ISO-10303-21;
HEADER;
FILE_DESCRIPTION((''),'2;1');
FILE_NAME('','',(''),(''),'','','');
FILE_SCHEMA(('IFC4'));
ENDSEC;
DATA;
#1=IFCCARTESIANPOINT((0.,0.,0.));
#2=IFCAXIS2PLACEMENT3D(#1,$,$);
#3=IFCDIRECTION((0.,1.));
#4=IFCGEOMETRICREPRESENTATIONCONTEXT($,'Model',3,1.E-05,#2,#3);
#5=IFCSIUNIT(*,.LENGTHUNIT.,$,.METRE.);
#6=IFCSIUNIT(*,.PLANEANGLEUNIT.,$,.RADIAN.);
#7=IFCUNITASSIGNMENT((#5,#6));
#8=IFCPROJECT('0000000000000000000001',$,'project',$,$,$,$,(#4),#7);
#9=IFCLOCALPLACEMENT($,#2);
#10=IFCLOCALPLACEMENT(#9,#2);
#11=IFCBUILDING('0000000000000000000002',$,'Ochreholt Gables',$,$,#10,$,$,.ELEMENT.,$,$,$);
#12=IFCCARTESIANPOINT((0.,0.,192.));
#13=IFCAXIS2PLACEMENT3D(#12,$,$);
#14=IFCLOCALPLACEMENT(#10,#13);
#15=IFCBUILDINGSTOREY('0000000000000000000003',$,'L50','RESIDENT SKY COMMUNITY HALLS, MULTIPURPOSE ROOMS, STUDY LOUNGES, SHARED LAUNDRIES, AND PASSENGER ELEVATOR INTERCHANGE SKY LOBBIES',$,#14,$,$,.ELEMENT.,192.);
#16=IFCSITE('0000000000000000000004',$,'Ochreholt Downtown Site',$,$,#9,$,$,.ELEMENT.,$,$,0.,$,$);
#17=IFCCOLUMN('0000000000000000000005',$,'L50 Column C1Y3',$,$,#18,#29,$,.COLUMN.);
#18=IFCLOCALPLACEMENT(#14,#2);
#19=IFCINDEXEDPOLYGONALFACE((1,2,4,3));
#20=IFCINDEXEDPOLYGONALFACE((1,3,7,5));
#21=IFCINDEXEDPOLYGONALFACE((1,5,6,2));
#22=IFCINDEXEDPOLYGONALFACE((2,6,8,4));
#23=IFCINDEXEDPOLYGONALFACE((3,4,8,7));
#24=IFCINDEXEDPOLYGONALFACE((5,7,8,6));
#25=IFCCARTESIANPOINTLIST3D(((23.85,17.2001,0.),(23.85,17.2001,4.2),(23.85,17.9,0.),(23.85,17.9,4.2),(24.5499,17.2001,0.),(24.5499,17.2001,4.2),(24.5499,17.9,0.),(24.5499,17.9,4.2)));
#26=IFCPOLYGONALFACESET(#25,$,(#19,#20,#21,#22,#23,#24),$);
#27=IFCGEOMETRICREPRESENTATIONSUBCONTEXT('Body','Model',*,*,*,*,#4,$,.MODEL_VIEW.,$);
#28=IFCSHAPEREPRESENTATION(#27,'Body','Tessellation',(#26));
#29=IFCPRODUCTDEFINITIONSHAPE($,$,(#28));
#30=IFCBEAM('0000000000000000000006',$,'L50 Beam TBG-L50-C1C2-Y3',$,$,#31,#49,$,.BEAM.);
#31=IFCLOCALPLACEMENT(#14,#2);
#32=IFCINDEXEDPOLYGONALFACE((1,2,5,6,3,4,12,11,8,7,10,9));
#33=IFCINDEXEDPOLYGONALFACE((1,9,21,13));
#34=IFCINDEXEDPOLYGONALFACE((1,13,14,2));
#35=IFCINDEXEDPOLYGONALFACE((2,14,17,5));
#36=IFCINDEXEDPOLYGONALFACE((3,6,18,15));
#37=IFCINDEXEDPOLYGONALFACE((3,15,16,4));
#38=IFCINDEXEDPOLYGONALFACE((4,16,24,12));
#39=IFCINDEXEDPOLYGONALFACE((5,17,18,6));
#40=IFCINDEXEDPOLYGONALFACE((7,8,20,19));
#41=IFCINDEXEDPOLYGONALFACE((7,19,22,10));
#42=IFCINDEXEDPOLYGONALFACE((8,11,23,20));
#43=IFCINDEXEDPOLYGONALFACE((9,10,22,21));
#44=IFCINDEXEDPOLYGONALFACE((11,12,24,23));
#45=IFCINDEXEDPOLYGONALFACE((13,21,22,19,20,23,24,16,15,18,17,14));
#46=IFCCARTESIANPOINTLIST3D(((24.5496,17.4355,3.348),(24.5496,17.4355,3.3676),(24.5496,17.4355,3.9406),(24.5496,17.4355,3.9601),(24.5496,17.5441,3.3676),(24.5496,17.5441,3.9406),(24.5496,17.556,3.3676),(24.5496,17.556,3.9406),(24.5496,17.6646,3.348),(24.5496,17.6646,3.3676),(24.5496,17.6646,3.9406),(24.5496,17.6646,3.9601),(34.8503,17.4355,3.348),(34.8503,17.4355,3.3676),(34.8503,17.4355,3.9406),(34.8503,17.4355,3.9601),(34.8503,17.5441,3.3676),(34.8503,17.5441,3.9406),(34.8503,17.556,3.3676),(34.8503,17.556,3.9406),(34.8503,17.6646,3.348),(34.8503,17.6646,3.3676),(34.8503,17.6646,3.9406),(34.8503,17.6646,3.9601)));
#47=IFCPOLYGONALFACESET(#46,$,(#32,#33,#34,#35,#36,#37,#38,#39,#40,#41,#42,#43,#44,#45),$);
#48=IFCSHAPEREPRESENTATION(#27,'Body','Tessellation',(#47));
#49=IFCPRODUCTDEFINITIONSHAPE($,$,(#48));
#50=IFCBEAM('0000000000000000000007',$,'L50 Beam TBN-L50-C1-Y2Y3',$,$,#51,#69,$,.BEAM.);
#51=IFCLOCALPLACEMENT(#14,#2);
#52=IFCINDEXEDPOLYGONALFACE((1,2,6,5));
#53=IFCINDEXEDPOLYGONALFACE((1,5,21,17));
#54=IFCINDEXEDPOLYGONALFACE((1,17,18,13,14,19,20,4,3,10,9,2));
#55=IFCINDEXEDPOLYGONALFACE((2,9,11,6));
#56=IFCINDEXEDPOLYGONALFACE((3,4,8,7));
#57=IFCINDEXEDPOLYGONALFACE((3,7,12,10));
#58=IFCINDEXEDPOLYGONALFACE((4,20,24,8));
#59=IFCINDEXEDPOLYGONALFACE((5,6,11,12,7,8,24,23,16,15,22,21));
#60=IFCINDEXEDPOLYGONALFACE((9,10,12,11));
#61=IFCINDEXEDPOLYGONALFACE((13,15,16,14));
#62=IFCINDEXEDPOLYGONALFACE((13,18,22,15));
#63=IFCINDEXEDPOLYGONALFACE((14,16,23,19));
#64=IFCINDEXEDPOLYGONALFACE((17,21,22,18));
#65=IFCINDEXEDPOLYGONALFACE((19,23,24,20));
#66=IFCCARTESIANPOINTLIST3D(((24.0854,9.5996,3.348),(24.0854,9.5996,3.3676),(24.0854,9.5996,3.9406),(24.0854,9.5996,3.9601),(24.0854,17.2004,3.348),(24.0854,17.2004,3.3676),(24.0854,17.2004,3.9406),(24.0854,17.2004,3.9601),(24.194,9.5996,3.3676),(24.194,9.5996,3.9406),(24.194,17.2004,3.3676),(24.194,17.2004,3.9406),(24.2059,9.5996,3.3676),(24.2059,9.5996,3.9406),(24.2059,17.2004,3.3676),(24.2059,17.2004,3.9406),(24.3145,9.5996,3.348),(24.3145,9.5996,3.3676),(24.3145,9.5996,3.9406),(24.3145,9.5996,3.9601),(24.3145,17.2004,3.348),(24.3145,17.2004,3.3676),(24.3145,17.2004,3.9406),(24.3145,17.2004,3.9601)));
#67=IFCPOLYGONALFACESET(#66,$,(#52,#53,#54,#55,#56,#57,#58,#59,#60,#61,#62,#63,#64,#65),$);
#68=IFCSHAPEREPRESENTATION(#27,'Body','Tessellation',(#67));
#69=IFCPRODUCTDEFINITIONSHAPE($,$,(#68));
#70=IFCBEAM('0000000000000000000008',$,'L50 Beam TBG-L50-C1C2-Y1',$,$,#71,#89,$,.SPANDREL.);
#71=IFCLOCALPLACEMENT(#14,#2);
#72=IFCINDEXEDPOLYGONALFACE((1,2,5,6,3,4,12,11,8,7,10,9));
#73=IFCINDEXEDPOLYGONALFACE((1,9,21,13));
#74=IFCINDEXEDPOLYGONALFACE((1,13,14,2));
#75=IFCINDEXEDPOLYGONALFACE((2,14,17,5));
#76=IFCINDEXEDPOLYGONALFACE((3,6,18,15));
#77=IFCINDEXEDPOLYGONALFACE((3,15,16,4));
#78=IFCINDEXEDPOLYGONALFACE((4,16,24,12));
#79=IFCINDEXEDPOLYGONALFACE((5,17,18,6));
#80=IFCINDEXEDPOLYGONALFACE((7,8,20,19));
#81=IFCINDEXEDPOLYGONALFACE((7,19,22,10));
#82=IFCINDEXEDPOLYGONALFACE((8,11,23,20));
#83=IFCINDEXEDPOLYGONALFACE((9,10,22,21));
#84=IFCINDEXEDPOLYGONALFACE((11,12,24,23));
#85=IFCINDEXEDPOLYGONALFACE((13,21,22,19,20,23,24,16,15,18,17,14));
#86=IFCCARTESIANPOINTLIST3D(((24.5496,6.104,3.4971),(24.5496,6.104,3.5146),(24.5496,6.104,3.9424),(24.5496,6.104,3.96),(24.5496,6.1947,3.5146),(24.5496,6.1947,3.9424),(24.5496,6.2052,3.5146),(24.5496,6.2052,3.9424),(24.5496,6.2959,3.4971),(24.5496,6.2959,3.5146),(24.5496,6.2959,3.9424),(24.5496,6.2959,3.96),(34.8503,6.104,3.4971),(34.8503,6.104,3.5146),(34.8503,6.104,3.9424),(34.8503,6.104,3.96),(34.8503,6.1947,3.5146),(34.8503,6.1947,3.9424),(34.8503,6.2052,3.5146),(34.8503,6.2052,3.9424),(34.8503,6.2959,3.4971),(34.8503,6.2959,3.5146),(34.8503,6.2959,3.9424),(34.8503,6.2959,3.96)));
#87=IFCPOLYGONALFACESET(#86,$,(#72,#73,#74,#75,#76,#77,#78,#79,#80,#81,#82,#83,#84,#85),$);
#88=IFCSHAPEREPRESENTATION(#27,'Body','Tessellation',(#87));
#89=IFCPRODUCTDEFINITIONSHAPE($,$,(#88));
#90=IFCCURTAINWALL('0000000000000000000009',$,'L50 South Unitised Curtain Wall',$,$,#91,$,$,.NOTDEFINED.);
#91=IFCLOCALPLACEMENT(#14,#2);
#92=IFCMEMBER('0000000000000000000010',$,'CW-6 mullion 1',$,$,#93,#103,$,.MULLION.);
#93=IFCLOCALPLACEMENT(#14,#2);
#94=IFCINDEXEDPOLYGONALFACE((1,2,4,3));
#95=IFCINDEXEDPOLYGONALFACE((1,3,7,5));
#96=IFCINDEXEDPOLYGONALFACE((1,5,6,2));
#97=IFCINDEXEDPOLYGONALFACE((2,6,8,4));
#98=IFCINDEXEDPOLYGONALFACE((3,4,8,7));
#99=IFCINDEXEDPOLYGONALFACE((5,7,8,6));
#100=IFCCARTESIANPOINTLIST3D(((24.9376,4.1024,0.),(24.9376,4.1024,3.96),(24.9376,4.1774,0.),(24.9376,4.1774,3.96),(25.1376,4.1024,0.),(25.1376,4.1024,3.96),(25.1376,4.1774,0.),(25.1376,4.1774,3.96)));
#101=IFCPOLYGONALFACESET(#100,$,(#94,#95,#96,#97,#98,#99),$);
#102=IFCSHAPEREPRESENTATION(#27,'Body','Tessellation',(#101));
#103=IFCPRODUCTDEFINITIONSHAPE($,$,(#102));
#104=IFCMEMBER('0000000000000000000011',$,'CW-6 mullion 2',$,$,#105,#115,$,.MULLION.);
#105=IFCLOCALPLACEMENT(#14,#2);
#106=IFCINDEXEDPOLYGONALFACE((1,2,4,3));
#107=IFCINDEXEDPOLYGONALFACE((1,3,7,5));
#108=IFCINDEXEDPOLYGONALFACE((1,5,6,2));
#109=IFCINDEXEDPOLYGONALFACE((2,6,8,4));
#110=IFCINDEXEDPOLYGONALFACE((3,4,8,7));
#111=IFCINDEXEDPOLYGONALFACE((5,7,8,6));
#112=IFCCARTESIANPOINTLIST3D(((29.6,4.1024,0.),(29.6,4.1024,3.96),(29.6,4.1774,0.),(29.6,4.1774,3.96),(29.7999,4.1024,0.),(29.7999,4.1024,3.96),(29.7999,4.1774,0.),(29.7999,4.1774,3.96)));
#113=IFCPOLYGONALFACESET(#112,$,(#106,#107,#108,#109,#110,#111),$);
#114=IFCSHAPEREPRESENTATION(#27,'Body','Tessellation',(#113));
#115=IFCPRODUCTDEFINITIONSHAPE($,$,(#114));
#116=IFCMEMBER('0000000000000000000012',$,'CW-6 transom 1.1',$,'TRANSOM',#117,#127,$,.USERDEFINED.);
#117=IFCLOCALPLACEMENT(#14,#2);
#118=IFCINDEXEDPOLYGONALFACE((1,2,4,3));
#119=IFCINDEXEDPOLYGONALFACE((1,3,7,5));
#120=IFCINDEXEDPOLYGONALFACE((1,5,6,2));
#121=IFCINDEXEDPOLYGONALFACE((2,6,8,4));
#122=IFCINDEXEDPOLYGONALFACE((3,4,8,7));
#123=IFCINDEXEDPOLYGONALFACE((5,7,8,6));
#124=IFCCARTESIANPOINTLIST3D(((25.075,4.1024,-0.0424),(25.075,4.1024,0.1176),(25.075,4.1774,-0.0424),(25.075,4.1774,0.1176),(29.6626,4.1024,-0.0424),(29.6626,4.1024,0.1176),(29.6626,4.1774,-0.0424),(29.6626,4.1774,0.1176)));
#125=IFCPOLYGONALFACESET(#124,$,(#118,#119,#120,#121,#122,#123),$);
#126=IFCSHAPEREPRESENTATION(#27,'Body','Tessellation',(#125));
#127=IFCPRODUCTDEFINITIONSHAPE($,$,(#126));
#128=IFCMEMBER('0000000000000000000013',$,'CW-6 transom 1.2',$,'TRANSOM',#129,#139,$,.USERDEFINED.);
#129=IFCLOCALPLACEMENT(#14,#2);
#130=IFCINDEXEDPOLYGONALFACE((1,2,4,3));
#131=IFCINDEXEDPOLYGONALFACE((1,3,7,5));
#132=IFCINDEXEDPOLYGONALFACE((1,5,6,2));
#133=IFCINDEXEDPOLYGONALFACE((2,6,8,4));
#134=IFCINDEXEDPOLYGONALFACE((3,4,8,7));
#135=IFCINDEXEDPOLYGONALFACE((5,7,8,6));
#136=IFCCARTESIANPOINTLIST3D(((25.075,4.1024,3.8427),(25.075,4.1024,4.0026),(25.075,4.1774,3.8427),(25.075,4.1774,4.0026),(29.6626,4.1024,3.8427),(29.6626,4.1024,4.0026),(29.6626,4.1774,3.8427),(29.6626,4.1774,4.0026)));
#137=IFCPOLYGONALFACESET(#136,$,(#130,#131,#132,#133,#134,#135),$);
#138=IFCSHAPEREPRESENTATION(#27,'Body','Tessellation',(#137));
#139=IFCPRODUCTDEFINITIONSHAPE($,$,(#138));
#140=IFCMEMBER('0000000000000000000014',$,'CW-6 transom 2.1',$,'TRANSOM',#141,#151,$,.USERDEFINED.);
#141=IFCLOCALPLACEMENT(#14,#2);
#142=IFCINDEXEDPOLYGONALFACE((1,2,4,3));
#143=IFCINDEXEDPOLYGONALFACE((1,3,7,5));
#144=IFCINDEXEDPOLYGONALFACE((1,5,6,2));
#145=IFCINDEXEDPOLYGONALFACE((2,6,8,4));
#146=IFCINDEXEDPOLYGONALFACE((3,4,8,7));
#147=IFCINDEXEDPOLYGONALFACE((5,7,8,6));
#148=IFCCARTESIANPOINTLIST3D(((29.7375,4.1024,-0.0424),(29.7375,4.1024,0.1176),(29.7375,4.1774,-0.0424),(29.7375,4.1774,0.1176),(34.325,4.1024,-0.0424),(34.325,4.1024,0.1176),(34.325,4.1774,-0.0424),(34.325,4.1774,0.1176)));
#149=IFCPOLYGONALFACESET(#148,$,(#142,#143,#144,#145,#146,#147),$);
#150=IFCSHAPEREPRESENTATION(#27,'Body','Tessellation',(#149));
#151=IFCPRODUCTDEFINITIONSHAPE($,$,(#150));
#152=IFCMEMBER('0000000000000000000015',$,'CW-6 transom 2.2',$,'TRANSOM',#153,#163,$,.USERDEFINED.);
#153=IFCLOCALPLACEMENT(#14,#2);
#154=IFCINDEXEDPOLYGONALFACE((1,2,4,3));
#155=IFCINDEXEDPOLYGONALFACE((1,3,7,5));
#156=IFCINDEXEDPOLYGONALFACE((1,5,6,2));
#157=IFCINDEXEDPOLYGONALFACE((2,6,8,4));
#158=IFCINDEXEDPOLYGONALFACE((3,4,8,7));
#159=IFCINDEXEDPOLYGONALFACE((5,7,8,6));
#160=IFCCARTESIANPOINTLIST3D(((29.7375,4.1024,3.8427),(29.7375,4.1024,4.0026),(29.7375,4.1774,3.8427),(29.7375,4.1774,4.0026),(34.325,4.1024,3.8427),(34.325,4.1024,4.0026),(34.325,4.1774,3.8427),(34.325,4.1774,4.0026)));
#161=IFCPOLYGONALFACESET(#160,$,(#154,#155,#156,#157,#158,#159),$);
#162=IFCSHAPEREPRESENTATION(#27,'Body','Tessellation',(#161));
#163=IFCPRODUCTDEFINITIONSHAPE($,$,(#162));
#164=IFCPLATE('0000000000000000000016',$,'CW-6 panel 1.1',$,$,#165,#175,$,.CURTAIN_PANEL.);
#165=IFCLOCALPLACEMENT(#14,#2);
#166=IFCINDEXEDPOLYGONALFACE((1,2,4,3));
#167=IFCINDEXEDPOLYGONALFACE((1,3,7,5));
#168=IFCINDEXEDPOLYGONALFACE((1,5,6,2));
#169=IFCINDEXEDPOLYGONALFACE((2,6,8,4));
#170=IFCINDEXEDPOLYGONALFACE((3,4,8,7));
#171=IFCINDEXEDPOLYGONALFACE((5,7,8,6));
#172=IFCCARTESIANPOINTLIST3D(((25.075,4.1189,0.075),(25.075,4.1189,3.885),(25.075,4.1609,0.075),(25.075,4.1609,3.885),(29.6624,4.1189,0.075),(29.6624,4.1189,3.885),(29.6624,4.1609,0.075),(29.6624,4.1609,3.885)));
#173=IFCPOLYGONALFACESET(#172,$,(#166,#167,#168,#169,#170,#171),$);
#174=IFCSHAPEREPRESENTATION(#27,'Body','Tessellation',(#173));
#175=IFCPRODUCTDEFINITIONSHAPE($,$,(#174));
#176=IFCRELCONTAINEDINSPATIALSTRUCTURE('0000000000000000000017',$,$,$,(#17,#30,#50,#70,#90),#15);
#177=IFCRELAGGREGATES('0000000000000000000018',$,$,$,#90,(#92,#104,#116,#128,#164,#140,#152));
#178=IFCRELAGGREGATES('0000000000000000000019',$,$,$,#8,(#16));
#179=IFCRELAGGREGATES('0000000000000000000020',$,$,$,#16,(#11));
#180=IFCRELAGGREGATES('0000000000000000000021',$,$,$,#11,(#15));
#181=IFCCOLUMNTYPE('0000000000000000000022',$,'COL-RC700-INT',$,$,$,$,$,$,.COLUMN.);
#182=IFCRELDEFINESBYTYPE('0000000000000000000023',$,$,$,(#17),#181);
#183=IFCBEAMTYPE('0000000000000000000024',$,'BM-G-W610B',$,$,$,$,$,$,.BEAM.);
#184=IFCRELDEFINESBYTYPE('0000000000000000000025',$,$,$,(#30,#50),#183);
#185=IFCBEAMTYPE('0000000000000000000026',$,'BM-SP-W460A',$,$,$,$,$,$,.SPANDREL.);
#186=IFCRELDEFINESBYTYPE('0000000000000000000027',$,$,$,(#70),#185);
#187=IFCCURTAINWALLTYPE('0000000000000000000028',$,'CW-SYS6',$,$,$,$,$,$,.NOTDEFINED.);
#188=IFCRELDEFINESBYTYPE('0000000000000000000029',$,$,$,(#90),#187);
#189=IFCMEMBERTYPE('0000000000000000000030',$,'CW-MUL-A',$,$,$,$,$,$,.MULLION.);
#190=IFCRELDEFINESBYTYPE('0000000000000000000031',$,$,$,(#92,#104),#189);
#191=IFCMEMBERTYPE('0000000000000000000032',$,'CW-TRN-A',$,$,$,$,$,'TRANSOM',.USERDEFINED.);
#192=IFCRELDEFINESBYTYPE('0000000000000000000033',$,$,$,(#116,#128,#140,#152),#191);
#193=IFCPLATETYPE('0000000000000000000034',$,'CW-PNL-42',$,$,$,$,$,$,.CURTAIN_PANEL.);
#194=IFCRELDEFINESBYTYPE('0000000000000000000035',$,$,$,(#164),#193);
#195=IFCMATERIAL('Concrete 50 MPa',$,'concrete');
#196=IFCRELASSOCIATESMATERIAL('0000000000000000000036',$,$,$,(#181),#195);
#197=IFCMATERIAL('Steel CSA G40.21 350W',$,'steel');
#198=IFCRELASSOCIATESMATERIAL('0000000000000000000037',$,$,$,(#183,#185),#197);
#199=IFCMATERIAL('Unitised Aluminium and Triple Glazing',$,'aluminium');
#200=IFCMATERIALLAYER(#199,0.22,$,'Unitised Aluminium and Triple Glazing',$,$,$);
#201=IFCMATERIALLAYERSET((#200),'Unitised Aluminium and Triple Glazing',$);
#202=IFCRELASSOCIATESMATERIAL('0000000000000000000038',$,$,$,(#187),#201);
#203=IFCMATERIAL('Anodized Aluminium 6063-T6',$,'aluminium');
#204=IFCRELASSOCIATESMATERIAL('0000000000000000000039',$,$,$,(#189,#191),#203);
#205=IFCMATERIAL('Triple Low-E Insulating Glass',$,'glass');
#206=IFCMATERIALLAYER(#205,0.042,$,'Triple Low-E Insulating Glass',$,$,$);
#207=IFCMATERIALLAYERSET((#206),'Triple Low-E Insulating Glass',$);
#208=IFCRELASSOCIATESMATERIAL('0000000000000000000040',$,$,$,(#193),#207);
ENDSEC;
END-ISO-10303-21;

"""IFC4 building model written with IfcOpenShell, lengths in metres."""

from ifc_helpers import new_model, si_unit, direction, frame, origin, origin_2d, place, context, subcontext, project, spatial, rectangle, i_section, extrude, material, layer, layer_set, material_profile, profile_set, type_object, element, aggregate, save


model = new_model("IFC4")

# Units and contexts
model_context = context("Model", 3, precision=1e-05, world=origin(), true_north=direction((0.0, 1.0)))
body_context = subcontext(model_context, "Body", "Model", "MODEL_VIEW")
ifc_project = project(units=[si_unit("LENGTHUNIT", "METRE"), si_unit("PLANEANGLEUNIT", "RADIAN")], contexts=[model_context])

# Site, building, storey
site_placement = place(None, origin())
site = spatial("IfcSite", under=ifc_project, at=site_placement, Name="Ochreholt Downtown Site", CompositionType="ELEMENT", RefElevation=0.0)
building_placement = place(site_placement, origin())
building = spatial("IfcBuilding", under=site, at=building_placement, Name="Ochreholt Gables", CompositionType="ELEMENT")
storey_placement = place(building_placement, frame((0.0, 0.0, 192.0)))
storey = spatial("IfcBuildingStorey", under=building, at=storey_placement, Name="L50", Description="RESIDENT SKY COMMUNITY HALLS, MULTIPURPOSE ROOMS, STUDY LOUNGES, SHARED LAUNDRIES, AND PASSENGER ELEVATOR INTERCHANGE SKY LOBBIES", CompositionType="ELEMENT", Elevation=192.0)

# Column
ifc_material_1 = material(Name="Concrete 50 MPa", Category="concrete")
ifc_material_profile_1 = material_profile(ifc_material_1, rectangle(XDim=0.7, YDim=0.7, at=origin_2d()), Name="RC700X700")
ifc_profile_set_1 = profile_set([ifc_material_profile_1], Name="Concrete 50 MPa")
column_type = type_object("IfcColumnType", Name="COL-RC700-INT", PredefinedType="COLUMN", material=ifc_profile_set_1)
column_placement = place(storey_placement, frame((24.2, 17.55, 0.0), z_axis=(0.0, 0.0, 1.0), x_axis=(1.0, 0.0, 0.0)))
element("IfcColumn", 1, at=column_placement, inside=storey, type_object=column_type, Name="L50 Column C1Y3", PredefinedType="COLUMN", context=body_context, shape_type="SweptSolid", body=[
    extrude(rectangle(XDim=0.7, YDim=0.7, at=origin_2d()), origin(), (0.0, 0.0, 1.0), 4.2),
])

# Beams
ifc_material_2 = material(Name="Steel CSA G40.21 350W", Category="steel")
ifc_material_profile_2 = material_profile(ifc_material_2, i_section(OverallWidth=0.229, OverallDepth=0.6121, WebThickness=0.012, FlangeThickness=0.0195, at=origin_2d()), Name="W610X125")
ifc_profile_set_2 = profile_set([ifc_material_profile_2], Name="Steel CSA G40.21 350W")
beam_type_1 = type_object("IfcBeamType", Name="BM-G-W610B", PredefinedType="BEAM", material=ifc_profile_set_2)
beam_1_placement = place(storey_placement, frame((24.5496, 17.55, 3.6541), z_axis=(1.0, 0.0, 0.0), x_axis=(0.0, 1.0, 0.0)))
element("IfcBeam", 2, at=beam_1_placement, inside=storey, type_object=beam_type_1, Name="L50 Beam TBG-L50-C1C2-Y3", PredefinedType="BEAM", context=body_context, shape_type="SweptSolid", body=[
    extrude(i_section(OverallWidth=0.229, OverallDepth=0.6121, WebThickness=0.012, FlangeThickness=0.0195, at=origin_2d()), origin(), (0.0, 0.0, 1.0), 10.3008),
])
beam_2_placement = place(storey_placement, frame((24.2, 9.5996, 3.6541), z_axis=(0.0, 1.0, 0.0), x_axis=(-1.0, 0.0, 0.0)))
element("IfcBeam", 3, at=beam_2_placement, inside=storey, type_object=beam_type_1, Name="L50 Beam TBN-L50-C1-Y2Y3", PredefinedType="BEAM", context=body_context, shape_type="SweptSolid", body=[
    extrude(i_section(OverallWidth=0.229, OverallDepth=0.6121, WebThickness=0.012, FlangeThickness=0.0195, at=origin_2d()), origin(), (0.0, 0.0, 1.0), 7.6008),
])
ifc_material_profile_3 = material_profile(ifc_material_2, i_section(OverallWidth=0.1919, OverallDepth=0.4629, WebThickness=0.0105, FlangeThickness=0.0176, at=origin_2d()), Name="W460X89")
ifc_profile_set_3 = profile_set([ifc_material_profile_3], Name="Steel CSA G40.21 350W")
beam_type_2 = type_object("IfcBeamType", Name="BM-SP-W460A", PredefinedType="SPANDREL", material=ifc_profile_set_3)
beam_3_placement = place(storey_placement, frame((24.5496, 6.2, 3.7285), z_axis=(1.0, 0.0, 0.0), x_axis=(0.0, 1.0, 0.0)))
element("IfcBeam", 4, at=beam_3_placement, inside=storey, type_object=beam_type_2, Name="L50 Beam TBG-L50-C1C2-Y1", PredefinedType="SPANDREL", context=body_context, shape_type="SweptSolid", body=[
    extrude(i_section(OverallWidth=0.1919, OverallDepth=0.4629, WebThickness=0.0105, FlangeThickness=0.0176, at=origin_2d()), origin(), (0.0, 0.0, 1.0), 10.3008),
])

# Curtain wall, members, plate
ifc_material_3 = material(Name="Unitised Aluminium and Triple Glazing", Category="aluminium")
ifc_layer_1 = layer(ifc_material_3, 0.22, Name="Unitised Aluminium and Triple Glazing")
ifc_layer_set_1 = layer_set([ifc_layer_1], Name="Unitised Aluminium and Triple Glazing")
curtain_wall_type = type_object("IfcCurtainWallType", Name="CW-SYS6", PredefinedType="NOTDEFINED", material=ifc_layer_set_1)
curtain_wall_placement = place(storey_placement, origin())
curtain_wall = element("IfcCurtainWall", 5, at=curtain_wall_placement, inside=storey, type_object=curtain_wall_type, Name="L50 South Unitised Curtain Wall", PredefinedType="NOTDEFINED")
ifc_material_4 = material(Name="Anodized Aluminium 6063-T6", Category="aluminium")
ifc_material_profile_4 = material_profile(ifc_material_4, rectangle(XDim=0.075, YDim=0.2, at=origin_2d()), Name="CWM75X200")
ifc_profile_set_4 = profile_set([ifc_material_profile_4], Name="Anodized Aluminium 6063-T6")
member_type_1 = type_object("IfcMemberType", Name="CW-MUL-A", PredefinedType="MULLION", material=ifc_profile_set_4)
member_1_placement = place(storey_placement, frame((25.0376, 4.1399, 0.0), z_axis=(0.0, 0.0, 1.0), x_axis=(0.0, 1.0, 0.0)))
member_1 = element("IfcMember", 6, at=member_1_placement, type_object=member_type_1, Name="CW-6 mullion 1", PredefinedType="MULLION", context=body_context, shape_type="SweptSolid", body=[
    extrude(rectangle(XDim=0.075, YDim=0.2, at=origin_2d()), origin(), (0.0, 0.0, 1.0), 3.96),
])
member_2_placement = place(storey_placement, frame((29.7, 4.1399, 0.0), z_axis=(0.0, 0.0, 1.0), x_axis=(0.0, 1.0, 0.0)))
member_2 = element("IfcMember", 7, at=member_2_placement, type_object=member_type_1, Name="CW-6 mullion 2", PredefinedType="MULLION", context=body_context, shape_type="SweptSolid", body=[
    extrude(rectangle(XDim=0.075, YDim=0.2, at=origin_2d()), origin(), (0.0, 0.0, 1.0), 3.96),
])
ifc_material_profile_5 = material_profile(ifc_material_4, rectangle(XDim=0.075, YDim=0.1599, at=origin_2d()), Name="CWT75X160")
ifc_profile_set_5 = profile_set([ifc_material_profile_5], Name="Anodized Aluminium 6063-T6")
member_type_2 = type_object("IfcMemberType", Name="CW-TRN-A", ElementType="TRANSOM", PredefinedType="USERDEFINED", material=ifc_profile_set_5)
member_3_placement = place(storey_placement, frame((25.075, 4.1399, 0.0376), z_axis=(1.0, 0.0, 0.0), x_axis=(0.0, 1.0, 0.0)))
member_3 = element("IfcMember", 8, at=member_3_placement, type_object=member_type_2, Name="CW-6 transom 1.1", ObjectType="TRANSOM", PredefinedType="USERDEFINED", context=body_context, shape_type="SweptSolid", body=[
    extrude(rectangle(XDim=0.075, YDim=0.1599, at=origin_2d()), origin(), (0.0, 0.0, 1.0), 4.5876),
])
member_4_placement = place(storey_placement, frame((25.075, 4.1399, 3.9226), z_axis=(1.0, 0.0, 0.0), x_axis=(0.0, 1.0, 0.0)))
member_4 = element("IfcMember", 9, at=member_4_placement, type_object=member_type_2, Name="CW-6 transom 1.2", ObjectType="TRANSOM", PredefinedType="USERDEFINED", context=body_context, shape_type="SweptSolid", body=[
    extrude(rectangle(XDim=0.075, YDim=0.1599, at=origin_2d()), origin(), (0.0, 0.0, 1.0), 4.5876),
])
member_5_placement = place(storey_placement, frame((29.7375, 4.1399, 0.0376), z_axis=(1.0, 0.0, 0.0), x_axis=(0.0, 1.0, 0.0)))
member_5 = element("IfcMember", 10, at=member_5_placement, type_object=member_type_2, Name="CW-6 transom 2.1", ObjectType="TRANSOM", PredefinedType="USERDEFINED", context=body_context, shape_type="SweptSolid", body=[
    extrude(rectangle(XDim=0.075, YDim=0.1599, at=origin_2d()), origin(), (0.0, 0.0, 1.0), 4.5874),
])
member_6_placement = place(storey_placement, frame((29.7375, 4.1399, 3.9226), z_axis=(1.0, 0.0, 0.0), x_axis=(0.0, 1.0, 0.0)))
member_6 = element("IfcMember", 11, at=member_6_placement, type_object=member_type_2, Name="CW-6 transom 2.2", ObjectType="TRANSOM", PredefinedType="USERDEFINED", context=body_context, shape_type="SweptSolid", body=[
    extrude(rectangle(XDim=0.075, YDim=0.1599, at=origin_2d()), origin(), (0.0, 0.0, 1.0), 4.5874),
])
ifc_material_5 = material(Name="Triple Low-E Insulating Glass", Category="glass")
ifc_layer_2 = layer(ifc_material_5, 0.042, Name="Triple Low-E Insulating Glass")
ifc_layer_set_2 = layer_set([ifc_layer_2], Name="Triple Low-E Insulating Glass")
plate_type = type_object("IfcPlateType", Name="CW-PNL-42", PredefinedType="CURTAIN_PANEL", material=ifc_layer_set_2)
plate_placement = place(storey_placement, frame((27.3687, 4.1399, 0.075), z_axis=(0.0, 0.0, 1.0), x_axis=(1.0, 0.0, 0.0)))
plate = element("IfcPlate", 12, at=plate_placement, type_object=plate_type, Name="CW-6 panel 1.1", PredefinedType="CURTAIN_PANEL", context=body_context, shape_type="SweptSolid", body=[
    extrude(rectangle(XDim=4.5874, YDim=0.042, at=origin_2d()), origin(), (0.0, 0.0, 1.0), 3.8101),
])
aggregate(curtain_wall, [member_1, member_2, member_3, member_4, plate, member_5, member_6])

save(model, "model.ifc")
